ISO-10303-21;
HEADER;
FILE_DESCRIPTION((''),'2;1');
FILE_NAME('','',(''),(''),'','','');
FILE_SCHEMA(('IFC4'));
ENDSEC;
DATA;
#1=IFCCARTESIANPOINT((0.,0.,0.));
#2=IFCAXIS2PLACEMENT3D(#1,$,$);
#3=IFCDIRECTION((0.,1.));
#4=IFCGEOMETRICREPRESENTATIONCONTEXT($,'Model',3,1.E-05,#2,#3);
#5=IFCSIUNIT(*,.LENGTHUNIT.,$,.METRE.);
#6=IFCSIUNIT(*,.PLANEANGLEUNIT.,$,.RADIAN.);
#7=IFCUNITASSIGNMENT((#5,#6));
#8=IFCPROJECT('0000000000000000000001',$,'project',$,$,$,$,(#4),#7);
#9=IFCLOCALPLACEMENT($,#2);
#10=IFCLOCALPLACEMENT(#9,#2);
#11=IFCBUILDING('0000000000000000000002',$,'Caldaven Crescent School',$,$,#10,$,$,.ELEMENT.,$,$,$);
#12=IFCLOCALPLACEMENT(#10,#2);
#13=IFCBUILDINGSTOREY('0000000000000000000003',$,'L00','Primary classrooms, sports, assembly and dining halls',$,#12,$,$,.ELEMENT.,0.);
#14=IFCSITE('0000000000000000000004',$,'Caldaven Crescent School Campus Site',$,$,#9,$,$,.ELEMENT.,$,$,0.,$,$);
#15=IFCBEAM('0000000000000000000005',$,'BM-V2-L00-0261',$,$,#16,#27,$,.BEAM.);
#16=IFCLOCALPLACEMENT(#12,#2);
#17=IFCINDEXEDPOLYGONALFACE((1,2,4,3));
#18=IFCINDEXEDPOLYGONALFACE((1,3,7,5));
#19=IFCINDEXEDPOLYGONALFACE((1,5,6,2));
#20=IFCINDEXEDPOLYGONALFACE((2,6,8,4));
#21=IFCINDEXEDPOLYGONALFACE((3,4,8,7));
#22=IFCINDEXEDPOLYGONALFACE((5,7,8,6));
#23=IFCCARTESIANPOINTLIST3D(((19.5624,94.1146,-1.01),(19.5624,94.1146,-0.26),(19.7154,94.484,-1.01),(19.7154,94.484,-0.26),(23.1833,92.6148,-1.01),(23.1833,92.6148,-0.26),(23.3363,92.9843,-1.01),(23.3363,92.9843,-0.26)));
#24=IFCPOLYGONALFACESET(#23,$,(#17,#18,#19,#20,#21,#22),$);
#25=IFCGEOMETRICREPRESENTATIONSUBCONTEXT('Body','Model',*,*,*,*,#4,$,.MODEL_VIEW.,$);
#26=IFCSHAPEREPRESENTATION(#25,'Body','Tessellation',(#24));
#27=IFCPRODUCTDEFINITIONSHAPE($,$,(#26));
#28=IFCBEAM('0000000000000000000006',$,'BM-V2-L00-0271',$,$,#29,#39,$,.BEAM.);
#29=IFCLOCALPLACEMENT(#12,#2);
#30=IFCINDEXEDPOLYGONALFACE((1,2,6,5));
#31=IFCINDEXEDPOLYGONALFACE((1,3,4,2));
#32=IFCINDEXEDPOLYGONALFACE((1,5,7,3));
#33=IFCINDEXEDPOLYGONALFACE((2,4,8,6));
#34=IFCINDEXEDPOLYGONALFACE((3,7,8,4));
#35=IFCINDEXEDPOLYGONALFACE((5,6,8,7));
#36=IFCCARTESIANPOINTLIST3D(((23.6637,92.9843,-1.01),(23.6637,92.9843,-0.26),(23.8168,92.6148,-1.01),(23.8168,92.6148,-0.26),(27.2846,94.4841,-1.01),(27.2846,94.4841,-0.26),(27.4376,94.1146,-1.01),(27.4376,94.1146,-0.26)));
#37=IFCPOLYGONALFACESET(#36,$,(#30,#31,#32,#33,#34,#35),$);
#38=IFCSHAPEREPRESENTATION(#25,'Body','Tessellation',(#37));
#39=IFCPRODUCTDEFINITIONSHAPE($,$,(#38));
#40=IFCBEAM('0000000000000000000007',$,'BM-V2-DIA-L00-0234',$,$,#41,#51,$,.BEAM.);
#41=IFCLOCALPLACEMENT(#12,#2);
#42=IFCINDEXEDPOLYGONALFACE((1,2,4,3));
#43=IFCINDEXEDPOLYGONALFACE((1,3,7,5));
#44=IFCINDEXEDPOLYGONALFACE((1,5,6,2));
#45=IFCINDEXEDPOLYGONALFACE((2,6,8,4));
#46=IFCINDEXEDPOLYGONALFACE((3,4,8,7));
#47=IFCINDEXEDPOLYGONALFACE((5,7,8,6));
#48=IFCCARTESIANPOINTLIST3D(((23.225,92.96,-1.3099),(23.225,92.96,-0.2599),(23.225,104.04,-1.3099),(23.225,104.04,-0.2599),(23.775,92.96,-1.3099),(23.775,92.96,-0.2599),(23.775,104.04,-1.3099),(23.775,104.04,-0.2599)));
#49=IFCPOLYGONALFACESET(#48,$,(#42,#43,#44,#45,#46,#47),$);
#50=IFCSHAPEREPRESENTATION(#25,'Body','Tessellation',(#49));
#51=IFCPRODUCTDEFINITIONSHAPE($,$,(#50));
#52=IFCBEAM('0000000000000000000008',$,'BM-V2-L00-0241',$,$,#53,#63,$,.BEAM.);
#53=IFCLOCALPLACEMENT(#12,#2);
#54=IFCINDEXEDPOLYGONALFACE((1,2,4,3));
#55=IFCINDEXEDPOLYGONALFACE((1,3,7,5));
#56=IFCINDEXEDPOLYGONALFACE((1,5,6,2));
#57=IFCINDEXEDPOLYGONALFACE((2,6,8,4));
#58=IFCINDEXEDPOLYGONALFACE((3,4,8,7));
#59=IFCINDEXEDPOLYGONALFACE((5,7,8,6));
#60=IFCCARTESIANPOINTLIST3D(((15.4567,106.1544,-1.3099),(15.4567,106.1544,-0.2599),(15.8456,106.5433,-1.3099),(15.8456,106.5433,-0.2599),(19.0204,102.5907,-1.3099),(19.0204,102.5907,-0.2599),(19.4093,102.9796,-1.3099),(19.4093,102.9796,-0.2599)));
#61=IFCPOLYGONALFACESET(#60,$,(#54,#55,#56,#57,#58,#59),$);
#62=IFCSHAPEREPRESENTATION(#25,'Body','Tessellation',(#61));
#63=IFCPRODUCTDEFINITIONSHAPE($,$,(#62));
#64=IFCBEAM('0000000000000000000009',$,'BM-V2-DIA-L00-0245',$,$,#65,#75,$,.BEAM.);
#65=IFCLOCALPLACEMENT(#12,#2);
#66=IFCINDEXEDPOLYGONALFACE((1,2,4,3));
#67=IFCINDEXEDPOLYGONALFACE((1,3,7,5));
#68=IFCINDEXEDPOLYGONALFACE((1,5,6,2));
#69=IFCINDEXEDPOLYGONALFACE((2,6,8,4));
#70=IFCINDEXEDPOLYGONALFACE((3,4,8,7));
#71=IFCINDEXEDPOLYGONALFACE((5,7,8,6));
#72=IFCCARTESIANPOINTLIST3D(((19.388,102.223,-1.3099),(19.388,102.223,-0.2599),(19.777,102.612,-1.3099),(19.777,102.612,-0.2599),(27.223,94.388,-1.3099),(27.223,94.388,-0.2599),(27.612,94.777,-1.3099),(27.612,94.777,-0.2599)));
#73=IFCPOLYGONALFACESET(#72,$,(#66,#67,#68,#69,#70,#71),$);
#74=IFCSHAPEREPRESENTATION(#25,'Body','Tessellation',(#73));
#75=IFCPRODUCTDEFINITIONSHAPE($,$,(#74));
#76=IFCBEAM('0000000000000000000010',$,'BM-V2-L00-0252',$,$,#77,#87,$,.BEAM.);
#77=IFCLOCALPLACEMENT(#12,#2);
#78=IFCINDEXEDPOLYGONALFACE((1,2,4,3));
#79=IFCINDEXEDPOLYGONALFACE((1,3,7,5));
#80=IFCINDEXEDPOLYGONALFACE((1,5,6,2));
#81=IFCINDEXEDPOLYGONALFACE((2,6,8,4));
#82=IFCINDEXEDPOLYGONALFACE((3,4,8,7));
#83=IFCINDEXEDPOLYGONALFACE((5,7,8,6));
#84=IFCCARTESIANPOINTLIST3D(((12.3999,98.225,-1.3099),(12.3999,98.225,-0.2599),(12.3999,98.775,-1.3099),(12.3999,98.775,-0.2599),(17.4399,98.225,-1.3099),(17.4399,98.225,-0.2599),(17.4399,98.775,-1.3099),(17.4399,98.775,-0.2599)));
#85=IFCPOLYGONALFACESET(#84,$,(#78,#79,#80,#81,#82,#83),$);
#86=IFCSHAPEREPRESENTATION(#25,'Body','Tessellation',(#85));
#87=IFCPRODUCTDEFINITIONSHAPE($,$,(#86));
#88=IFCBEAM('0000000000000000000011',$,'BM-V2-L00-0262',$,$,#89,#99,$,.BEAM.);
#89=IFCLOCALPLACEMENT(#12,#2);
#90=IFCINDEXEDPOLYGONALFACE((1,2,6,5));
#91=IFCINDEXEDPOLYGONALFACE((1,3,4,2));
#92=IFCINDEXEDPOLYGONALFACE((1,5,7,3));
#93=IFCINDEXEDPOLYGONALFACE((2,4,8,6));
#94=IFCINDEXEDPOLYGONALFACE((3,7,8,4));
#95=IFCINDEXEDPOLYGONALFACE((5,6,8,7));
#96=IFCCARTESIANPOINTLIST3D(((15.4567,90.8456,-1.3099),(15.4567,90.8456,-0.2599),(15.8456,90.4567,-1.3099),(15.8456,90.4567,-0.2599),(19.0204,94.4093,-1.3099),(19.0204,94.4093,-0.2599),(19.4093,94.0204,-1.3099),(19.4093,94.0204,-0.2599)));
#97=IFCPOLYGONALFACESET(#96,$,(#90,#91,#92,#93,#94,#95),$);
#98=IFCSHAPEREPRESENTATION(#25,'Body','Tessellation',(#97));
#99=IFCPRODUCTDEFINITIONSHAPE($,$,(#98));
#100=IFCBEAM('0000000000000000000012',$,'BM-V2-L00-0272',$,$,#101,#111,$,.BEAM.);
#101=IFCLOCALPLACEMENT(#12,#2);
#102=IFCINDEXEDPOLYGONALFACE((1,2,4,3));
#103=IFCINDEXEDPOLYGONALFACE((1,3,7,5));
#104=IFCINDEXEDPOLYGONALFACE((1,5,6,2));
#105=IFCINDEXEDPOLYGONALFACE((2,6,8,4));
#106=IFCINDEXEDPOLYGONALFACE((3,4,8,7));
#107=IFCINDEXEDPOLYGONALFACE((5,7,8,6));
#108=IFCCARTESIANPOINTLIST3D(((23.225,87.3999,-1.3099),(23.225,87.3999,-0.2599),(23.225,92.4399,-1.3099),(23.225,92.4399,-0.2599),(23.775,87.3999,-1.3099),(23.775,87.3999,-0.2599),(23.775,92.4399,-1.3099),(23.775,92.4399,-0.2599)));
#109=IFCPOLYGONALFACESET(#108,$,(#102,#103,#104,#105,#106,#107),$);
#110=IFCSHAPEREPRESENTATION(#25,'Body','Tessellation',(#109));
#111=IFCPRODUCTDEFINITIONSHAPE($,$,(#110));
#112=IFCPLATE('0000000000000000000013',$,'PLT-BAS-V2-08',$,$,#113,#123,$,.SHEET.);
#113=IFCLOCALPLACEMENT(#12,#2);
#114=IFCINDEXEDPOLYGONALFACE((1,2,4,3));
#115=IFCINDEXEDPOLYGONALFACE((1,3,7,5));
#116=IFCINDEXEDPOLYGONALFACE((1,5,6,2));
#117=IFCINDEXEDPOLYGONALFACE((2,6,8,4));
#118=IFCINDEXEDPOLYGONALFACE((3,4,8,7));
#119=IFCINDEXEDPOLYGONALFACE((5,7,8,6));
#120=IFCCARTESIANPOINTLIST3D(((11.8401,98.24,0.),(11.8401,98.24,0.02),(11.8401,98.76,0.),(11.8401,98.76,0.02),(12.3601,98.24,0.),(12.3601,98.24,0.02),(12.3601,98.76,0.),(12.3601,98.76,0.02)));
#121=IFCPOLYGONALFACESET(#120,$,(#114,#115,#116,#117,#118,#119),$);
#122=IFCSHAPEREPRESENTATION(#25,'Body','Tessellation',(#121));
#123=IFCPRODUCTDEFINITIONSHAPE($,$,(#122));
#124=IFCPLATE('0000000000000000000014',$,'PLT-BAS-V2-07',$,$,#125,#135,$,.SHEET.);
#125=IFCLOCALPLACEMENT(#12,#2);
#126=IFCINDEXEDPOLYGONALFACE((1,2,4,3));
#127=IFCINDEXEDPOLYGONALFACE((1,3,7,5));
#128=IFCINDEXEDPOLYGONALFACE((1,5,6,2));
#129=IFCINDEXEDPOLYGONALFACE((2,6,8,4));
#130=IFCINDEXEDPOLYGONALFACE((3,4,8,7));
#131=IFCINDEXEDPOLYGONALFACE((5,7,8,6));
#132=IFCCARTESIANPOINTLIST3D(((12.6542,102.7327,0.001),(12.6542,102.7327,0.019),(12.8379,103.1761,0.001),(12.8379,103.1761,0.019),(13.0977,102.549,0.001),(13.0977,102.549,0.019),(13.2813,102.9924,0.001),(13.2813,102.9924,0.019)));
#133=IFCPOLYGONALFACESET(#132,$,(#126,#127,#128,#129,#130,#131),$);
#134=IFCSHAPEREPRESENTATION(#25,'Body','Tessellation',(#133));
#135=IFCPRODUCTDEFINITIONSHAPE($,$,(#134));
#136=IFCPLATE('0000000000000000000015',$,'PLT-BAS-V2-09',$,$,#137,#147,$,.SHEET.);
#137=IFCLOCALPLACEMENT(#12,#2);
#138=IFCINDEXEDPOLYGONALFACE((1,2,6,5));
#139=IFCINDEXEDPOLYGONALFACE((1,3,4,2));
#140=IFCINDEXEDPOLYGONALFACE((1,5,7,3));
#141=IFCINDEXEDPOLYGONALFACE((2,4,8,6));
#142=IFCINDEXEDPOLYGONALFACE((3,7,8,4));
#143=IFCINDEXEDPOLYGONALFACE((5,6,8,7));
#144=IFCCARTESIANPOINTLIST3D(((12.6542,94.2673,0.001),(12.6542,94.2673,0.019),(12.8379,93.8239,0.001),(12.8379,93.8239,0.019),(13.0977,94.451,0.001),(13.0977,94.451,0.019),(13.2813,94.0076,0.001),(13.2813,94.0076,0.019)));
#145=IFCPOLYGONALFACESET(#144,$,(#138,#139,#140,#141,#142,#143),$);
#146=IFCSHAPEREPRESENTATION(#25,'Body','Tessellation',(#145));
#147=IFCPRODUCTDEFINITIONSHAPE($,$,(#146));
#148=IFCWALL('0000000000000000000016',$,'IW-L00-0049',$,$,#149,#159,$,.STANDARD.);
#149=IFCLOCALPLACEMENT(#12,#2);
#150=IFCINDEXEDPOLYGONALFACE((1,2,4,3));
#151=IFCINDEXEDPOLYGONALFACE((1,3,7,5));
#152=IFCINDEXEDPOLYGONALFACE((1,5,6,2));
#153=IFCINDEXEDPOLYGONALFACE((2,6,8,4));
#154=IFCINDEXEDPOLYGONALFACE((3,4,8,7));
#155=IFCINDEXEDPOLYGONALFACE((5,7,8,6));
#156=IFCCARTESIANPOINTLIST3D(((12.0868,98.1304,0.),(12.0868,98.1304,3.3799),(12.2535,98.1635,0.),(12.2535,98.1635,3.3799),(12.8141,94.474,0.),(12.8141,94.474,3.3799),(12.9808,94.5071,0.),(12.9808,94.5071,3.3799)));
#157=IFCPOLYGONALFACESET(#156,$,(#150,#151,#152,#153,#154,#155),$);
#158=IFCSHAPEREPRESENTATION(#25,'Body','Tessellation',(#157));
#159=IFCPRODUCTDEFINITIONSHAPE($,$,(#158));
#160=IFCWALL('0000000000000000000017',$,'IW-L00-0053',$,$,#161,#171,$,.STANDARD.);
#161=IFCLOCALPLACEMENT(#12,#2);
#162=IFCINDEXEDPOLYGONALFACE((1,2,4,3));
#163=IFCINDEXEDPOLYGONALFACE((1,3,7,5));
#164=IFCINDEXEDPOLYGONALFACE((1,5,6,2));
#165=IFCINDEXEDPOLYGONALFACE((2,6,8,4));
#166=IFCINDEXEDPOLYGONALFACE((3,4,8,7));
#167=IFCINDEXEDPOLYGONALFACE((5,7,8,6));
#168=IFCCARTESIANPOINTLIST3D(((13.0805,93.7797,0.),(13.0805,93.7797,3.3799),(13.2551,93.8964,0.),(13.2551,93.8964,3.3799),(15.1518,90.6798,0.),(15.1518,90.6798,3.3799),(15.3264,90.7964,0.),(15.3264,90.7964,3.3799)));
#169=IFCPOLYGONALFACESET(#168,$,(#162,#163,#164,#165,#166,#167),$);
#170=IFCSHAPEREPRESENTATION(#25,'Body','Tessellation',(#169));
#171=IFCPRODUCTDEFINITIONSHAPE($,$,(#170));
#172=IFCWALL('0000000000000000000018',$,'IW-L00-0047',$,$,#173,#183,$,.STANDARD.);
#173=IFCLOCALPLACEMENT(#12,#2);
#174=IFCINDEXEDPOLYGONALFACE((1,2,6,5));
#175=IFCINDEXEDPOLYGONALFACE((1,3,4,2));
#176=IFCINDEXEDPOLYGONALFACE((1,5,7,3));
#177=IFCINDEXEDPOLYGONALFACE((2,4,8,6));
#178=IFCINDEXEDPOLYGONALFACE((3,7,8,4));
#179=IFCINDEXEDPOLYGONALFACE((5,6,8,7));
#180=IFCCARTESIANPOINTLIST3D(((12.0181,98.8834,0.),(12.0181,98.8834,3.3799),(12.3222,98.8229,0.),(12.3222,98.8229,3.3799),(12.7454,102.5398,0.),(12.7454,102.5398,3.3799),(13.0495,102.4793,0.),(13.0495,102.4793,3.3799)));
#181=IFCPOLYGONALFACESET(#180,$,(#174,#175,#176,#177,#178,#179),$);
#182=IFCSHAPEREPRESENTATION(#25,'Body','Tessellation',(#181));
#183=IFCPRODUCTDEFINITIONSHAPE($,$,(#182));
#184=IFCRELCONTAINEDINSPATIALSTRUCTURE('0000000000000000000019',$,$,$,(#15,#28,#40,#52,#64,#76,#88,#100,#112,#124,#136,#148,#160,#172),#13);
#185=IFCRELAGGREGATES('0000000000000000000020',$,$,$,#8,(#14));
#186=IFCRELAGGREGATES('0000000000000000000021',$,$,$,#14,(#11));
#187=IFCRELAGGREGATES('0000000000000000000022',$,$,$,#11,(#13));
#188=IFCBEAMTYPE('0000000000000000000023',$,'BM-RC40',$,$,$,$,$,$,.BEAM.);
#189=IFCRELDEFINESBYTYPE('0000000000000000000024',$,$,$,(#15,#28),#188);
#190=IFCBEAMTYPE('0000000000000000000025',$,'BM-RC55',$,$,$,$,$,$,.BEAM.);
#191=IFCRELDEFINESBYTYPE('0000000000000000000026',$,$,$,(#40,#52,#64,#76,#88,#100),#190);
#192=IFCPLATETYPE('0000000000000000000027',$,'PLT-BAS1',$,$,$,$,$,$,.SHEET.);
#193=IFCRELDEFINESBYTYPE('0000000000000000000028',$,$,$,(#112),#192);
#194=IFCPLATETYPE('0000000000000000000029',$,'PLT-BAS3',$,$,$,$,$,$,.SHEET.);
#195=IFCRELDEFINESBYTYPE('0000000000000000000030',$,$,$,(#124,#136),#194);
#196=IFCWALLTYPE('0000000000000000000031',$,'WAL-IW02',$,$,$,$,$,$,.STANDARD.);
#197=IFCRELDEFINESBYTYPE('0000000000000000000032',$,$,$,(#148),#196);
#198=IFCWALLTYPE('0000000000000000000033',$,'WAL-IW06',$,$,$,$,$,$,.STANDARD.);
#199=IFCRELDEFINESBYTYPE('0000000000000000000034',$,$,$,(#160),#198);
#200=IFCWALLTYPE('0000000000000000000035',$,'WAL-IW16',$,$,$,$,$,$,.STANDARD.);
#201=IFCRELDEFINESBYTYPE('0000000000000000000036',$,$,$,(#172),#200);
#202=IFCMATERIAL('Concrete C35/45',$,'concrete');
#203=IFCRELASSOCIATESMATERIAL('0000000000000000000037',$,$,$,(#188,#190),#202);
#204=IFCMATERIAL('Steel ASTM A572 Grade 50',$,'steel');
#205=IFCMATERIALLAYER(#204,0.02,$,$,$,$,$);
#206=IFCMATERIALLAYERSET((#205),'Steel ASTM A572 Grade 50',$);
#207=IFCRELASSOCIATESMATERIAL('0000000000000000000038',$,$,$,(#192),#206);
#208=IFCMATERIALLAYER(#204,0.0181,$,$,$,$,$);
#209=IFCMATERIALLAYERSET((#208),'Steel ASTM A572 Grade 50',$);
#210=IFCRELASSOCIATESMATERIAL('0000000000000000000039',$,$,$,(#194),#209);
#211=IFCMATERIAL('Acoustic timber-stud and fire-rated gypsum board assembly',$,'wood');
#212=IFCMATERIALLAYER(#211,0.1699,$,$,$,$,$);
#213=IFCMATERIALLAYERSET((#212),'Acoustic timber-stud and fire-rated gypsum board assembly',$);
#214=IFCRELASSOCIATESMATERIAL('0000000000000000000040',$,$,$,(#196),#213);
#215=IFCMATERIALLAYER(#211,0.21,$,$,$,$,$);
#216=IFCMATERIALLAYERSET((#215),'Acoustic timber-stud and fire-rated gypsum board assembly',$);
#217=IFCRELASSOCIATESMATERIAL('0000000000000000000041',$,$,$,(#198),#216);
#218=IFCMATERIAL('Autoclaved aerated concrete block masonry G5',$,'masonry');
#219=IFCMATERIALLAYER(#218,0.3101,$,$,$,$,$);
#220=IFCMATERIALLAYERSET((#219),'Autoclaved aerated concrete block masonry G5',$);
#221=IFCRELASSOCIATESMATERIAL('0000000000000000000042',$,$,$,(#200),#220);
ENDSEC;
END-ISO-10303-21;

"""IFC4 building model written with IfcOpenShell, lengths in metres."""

from ifc_helpers import new_model, si_unit, direction, frame, frame_2d, origin, origin_2d, place, context, subcontext, project, spatial, rectangle, extrude, material, layer, layer_set, material_profile, profile_set, type_object, element, save


model = new_model("IFC4")

# Units and contexts
model_context = context("Model", 3, precision=1e-05, world=origin(), true_north=direction((0.0, 1.0)))
body_context = subcontext(model_context, "Body", "Model", "MODEL_VIEW")
ifc_project = project(units=[si_unit("LENGTHUNIT", "METRE"), si_unit("PLANEANGLEUNIT", "RADIAN")], contexts=[model_context])

# Site, building, storey
site_placement = place(None, origin())
site = spatial("IfcSite", under=ifc_project, at=site_placement, Name="Caldaven Crescent School Campus Site", CompositionType="ELEMENT", RefElevation=0.0)
building_placement = place(site_placement, origin())
building = spatial("IfcBuilding", under=site, at=building_placement, Name="Caldaven Crescent School", CompositionType="ELEMENT")
storey_placement = place(building_placement, origin())
storey = spatial("IfcBuildingStorey", under=building, at=storey_placement, Name="L00", Description="Primary classrooms, sports, assembly and dining halls", CompositionType="ELEMENT", Elevation=0.0)

# Beams
ifc_material_1 = material(Name="Concrete C35/45", Category="concrete")
ifc_material_profile_1 = material_profile(ifc_material_1, rectangle(XDim=0.3999, YDim=0.75, at=origin_2d()), Name="RC 400x750")
ifc_profile_set_1 = profile_set([ifc_material_profile_1], Name="Concrete C35/45")
beam_type_1 = type_object("IfcBeamType", Name="BM-RC40", PredefinedType="BEAM", material=ifc_profile_set_1)
for number, where, z_axis, x_axis, name in (
    (1, (19.6389, 94.2993, -0.635), (0.923884, -0.382673, 0.0), (0.382673, 0.923884, 0.0), "BM-V2-L00-0261"),
    (2, (23.7402, 92.7996, -0.635), (0.923884, 0.382673, 0.0), (-0.382673, 0.923884, 0.0), "BM-V2-L00-0271"),
):
    element("IfcBeam", number, at=place(storey_placement, frame(where, z_axis=z_axis, x_axis=x_axis)), inside=storey, type_object=beam_type_1, Name=name, PredefinedType="BEAM", context=body_context, shape_type="SweptSolid", body=[
        extrude(rectangle(XDim=0.3999, YDim=0.75, at=origin_2d()), origin(), (0.0, 0.0, 1.0), 3.9192),
    ])
ifc_material_profile_2 = material_profile(ifc_material_1, rectangle(XDim=0.55, YDim=1.05, at=origin_2d()), Name="RC 550x1050")
ifc_profile_set_2 = profile_set([ifc_material_profile_2], Name="Concrete C35/45")
beam_type_2 = type_object("IfcBeamType", Name="BM-RC55", PredefinedType="BEAM", material=ifc_profile_set_2)
beam_1_placement = place(storey_placement, frame((23.5, 104.04, -0.7849), z_axis=(0.0, -1.0, 0.0), x_axis=(1.0, 0.0, 0.0)))
element("IfcBeam", 3, at=beam_1_placement, inside=storey, type_object=beam_type_2, Name="BM-V2-DIA-L00-0234", PredefinedType="BEAM", context=body_context, shape_type="SweptSolid", body=[
    extrude(rectangle(XDim=0.55, YDim=1.05, at=origin_2d()), origin(), (0.0, 0.0, 1.0), 11.0801),
])
beam_2_placement = place(storey_placement, frame((19.2148, 102.7852, -0.7849), z_axis=(-0.707107, 0.707107, 0.0), x_axis=(-0.707107, -0.707107, 0.0)))
element("IfcBeam", 4, at=beam_2_placement, inside=storey, type_object=beam_type_2, Name="BM-V2-L00-0241", PredefinedType="BEAM", context=body_context, shape_type="SweptSolid", body=[
    extrude(rectangle(XDim=0.55, YDim=1.05, at=origin_2d()), origin(), (0.0, 0.0, 1.0), 5.0398),
])
beam_3_placement = place(storey_placement, frame((19.5825, 102.4175, -0.7849), z_axis=(0.707107, -0.707107, 0.0), x_axis=(0.707107, 0.707107, 0.0)))
element("IfcBeam", 5, at=beam_3_placement, inside=storey, type_object=beam_type_2, Name="BM-V2-DIA-L00-0245", PredefinedType="BEAM", context=body_context, shape_type="SweptSolid", body=[
    extrude(rectangle(XDim=0.55, YDim=1.05, at=origin_2d()), origin(), (0.0, 0.0, 1.0), 11.0803),
])
beam_4_placement = place(storey_placement, frame((17.4399, 98.5, -0.7849), z_axis=(-1.0, 0.0, 0.0), x_axis=(0.0, -1.0, 0.0)))
element("IfcBeam", 6, at=beam_4_placement, inside=storey, type_object=beam_type_2, Name="BM-V2-L00-0252", PredefinedType="BEAM", context=body_context, shape_type="SweptSolid", body=[
    extrude(rectangle(XDim=0.55, YDim=1.05, at=origin_2d()), origin(), (0.0, 0.0, 1.0), 5.04),
])
beam_5_placement = place(storey_placement, frame((19.2148, 94.2148, -0.7849), z_axis=(-0.707107, -0.707107, 0.0), x_axis=(0.707107, -0.707107, 0.0)))
element("IfcBeam", 7, at=beam_5_placement, inside=storey, type_object=beam_type_2, Name="BM-V2-L00-0262", PredefinedType="BEAM", context=body_context, shape_type="SweptSolid", body=[
    extrude(rectangle(XDim=0.55, YDim=1.05, at=origin_2d()), origin(), (0.0, 0.0, 1.0), 5.0398),
])
beam_6_placement = place(storey_placement, frame((23.5, 92.4399, -0.7849), z_axis=(0.0, -1.0, 0.0), x_axis=(1.0, 0.0, 0.0)))
element("IfcBeam", 8, at=beam_6_placement, inside=storey, type_object=beam_type_2, Name="BM-V2-L00-0272", PredefinedType="BEAM", context=body_context, shape_type="SweptSolid", body=[
    extrude(rectangle(XDim=0.55, YDim=1.05, at=origin_2d()), origin(), (0.0, 0.0, 1.0), 5.04),
])

# Plates
ifc_material_2 = material(Name="Steel ASTM A572 Grade 50", Category="steel")
ifc_layer_1 = layer(ifc_material_2, 0.02)
ifc_layer_set_1 = layer_set([ifc_layer_1], Name="Steel ASTM A572 Grade 50")
plate_type_1 = type_object("IfcPlateType", Name="PLT-BAS1", PredefinedType="SHEET", material=ifc_layer_set_1)
plate_placement = place(storey_placement, frame((12.1001, 98.5, 0.0), z_axis=(0.0, 0.0, 1.0), x_axis=(-1.0, 0.0, 0.0)))
element("IfcPlate", 9, at=plate_placement, inside=storey, type_object=plate_type_1, Name="PLT-BAS-V2-08", PredefinedType="SHEET", context=body_context, shape_type="SweptSolid", body=[
    extrude(rectangle(XDim=0.52, YDim=0.52, at=origin_2d()), origin(), (0.0, 0.0, 1.0), 0.02),
])
ifc_layer_2 = layer(ifc_material_2, 0.0181)
ifc_layer_set_2 = layer_set([ifc_layer_2], Name="Steel ASTM A572 Grade 50")
plate_type_2 = type_object("IfcPlateType", Name="PLT-BAS3", PredefinedType="SHEET", material=ifc_layer_set_2)
for number, where, z_axis, x_axis, name in (
    (10, (12.9678, 102.8625, 0.001), (0.0, 0.0, 1.0), (-0.92388, 0.382683, 0.0), "PLT-BAS-V2-07"),
    (11, (12.9678, 94.1375, 0.001), (0.0, 0.0, 1.0), (-0.92388, -0.382683, 0.0), "PLT-BAS-V2-09"),
):
    element("IfcPlate", number, at=place(storey_placement, frame(where, z_axis=z_axis, x_axis=x_axis)), inside=storey, type_object=plate_type_2, Name=name, PredefinedType="SHEET", context=body_context, shape_type="SweptSolid", body=[
        extrude(rectangle(XDim=0.48, YDim=0.48, at=origin_2d()), origin(), (0.0, 0.0, 1.0), 0.0181),
    ])

# Walls
ifc_material_3 = material(Name="Acoustic timber-stud and fire-rated gypsum board assembly", Category="wood")
ifc_layer_3 = layer(ifc_material_3, 0.1699)
ifc_layer_set_3 = layer_set([ifc_layer_3], Name="Acoustic timber-stud and fire-rated gypsum board assembly")
wall_type_1 = type_object("IfcWallType", Name="WAL-IW02", PredefinedType="STANDARD", material=ifc_layer_set_3)
wall_1_placement = place(storey_placement, frame((12.1702, 98.147, 0.0), z_axis=(0.0, 0.0, 1.0), x_axis=(0.195083, -0.980787, 0.0)))
element("IfcWall", 12, at=wall_1_placement, inside=storey, type_object=wall_type_1, Name="IW-L00-0049", PredefinedType="STANDARD", context=body_context, shape_type="SweptSolid", body=[
    extrude(rectangle(XDim=3.728, YDim=0.1699, at=frame_2d((1.864, 0.0))), origin(), (0.0, 0.0, 1.0), 3.3799),
])
ifc_layer_4 = layer(ifc_material_3, 0.21)
ifc_layer_set_4 = layer_set([ifc_layer_4], Name="Acoustic timber-stud and fire-rated gypsum board assembly")
wall_type_2 = type_object("IfcWallType", Name="WAL-IW06", PredefinedType="STANDARD", material=ifc_layer_set_4)
wall_2_placement = place(storey_placement, frame((13.1677, 93.8381, 0.0), z_axis=(0.0, 0.0, 1.0), x_axis=(0.555576, -0.831466, 0.0)))
element("IfcWall", 13, at=wall_2_placement, inside=storey, type_object=wall_type_2, Name="IW-L00-0053", PredefinedType="STANDARD", context=body_context, shape_type="SweptSolid", body=[
    extrude(rectangle(XDim=3.7283, YDim=0.21, at=frame_2d((1.8643, 0.0))), origin(), (0.0, 0.0, 1.0), 3.3799),
])
ifc_material_4 = material(Name="Autoclaved aerated concrete block masonry G5", Category="masonry")
ifc_layer_5 = layer(ifc_material_4, 0.3101)
ifc_layer_set_5 = layer_set([ifc_layer_5], Name="Autoclaved aerated concrete block masonry G5")
wall_type_3 = type_object("IfcWallType", Name="WAL-IW16", PredefinedType="STANDARD", material=ifc_layer_set_5)
wall_3_placement = place(storey_placement, frame((12.8975, 102.5095, 0.0), z_axis=(0.0, 0.0, 1.0), x_axis=(-0.195083, -0.980787, 0.0)))
element("IfcWall", 14, at=wall_3_placement, inside=storey, type_object=wall_type_3, Name="IW-L00-0047", PredefinedType="STANDARD", context=body_context, shape_type="SweptSolid", body=[
    extrude(rectangle(XDim=3.728, YDim=0.3101, at=frame_2d((1.864, 0.0))), origin(), (0.0, 0.0, 1.0), 3.3799),
])

save(model, "model.ifc")
